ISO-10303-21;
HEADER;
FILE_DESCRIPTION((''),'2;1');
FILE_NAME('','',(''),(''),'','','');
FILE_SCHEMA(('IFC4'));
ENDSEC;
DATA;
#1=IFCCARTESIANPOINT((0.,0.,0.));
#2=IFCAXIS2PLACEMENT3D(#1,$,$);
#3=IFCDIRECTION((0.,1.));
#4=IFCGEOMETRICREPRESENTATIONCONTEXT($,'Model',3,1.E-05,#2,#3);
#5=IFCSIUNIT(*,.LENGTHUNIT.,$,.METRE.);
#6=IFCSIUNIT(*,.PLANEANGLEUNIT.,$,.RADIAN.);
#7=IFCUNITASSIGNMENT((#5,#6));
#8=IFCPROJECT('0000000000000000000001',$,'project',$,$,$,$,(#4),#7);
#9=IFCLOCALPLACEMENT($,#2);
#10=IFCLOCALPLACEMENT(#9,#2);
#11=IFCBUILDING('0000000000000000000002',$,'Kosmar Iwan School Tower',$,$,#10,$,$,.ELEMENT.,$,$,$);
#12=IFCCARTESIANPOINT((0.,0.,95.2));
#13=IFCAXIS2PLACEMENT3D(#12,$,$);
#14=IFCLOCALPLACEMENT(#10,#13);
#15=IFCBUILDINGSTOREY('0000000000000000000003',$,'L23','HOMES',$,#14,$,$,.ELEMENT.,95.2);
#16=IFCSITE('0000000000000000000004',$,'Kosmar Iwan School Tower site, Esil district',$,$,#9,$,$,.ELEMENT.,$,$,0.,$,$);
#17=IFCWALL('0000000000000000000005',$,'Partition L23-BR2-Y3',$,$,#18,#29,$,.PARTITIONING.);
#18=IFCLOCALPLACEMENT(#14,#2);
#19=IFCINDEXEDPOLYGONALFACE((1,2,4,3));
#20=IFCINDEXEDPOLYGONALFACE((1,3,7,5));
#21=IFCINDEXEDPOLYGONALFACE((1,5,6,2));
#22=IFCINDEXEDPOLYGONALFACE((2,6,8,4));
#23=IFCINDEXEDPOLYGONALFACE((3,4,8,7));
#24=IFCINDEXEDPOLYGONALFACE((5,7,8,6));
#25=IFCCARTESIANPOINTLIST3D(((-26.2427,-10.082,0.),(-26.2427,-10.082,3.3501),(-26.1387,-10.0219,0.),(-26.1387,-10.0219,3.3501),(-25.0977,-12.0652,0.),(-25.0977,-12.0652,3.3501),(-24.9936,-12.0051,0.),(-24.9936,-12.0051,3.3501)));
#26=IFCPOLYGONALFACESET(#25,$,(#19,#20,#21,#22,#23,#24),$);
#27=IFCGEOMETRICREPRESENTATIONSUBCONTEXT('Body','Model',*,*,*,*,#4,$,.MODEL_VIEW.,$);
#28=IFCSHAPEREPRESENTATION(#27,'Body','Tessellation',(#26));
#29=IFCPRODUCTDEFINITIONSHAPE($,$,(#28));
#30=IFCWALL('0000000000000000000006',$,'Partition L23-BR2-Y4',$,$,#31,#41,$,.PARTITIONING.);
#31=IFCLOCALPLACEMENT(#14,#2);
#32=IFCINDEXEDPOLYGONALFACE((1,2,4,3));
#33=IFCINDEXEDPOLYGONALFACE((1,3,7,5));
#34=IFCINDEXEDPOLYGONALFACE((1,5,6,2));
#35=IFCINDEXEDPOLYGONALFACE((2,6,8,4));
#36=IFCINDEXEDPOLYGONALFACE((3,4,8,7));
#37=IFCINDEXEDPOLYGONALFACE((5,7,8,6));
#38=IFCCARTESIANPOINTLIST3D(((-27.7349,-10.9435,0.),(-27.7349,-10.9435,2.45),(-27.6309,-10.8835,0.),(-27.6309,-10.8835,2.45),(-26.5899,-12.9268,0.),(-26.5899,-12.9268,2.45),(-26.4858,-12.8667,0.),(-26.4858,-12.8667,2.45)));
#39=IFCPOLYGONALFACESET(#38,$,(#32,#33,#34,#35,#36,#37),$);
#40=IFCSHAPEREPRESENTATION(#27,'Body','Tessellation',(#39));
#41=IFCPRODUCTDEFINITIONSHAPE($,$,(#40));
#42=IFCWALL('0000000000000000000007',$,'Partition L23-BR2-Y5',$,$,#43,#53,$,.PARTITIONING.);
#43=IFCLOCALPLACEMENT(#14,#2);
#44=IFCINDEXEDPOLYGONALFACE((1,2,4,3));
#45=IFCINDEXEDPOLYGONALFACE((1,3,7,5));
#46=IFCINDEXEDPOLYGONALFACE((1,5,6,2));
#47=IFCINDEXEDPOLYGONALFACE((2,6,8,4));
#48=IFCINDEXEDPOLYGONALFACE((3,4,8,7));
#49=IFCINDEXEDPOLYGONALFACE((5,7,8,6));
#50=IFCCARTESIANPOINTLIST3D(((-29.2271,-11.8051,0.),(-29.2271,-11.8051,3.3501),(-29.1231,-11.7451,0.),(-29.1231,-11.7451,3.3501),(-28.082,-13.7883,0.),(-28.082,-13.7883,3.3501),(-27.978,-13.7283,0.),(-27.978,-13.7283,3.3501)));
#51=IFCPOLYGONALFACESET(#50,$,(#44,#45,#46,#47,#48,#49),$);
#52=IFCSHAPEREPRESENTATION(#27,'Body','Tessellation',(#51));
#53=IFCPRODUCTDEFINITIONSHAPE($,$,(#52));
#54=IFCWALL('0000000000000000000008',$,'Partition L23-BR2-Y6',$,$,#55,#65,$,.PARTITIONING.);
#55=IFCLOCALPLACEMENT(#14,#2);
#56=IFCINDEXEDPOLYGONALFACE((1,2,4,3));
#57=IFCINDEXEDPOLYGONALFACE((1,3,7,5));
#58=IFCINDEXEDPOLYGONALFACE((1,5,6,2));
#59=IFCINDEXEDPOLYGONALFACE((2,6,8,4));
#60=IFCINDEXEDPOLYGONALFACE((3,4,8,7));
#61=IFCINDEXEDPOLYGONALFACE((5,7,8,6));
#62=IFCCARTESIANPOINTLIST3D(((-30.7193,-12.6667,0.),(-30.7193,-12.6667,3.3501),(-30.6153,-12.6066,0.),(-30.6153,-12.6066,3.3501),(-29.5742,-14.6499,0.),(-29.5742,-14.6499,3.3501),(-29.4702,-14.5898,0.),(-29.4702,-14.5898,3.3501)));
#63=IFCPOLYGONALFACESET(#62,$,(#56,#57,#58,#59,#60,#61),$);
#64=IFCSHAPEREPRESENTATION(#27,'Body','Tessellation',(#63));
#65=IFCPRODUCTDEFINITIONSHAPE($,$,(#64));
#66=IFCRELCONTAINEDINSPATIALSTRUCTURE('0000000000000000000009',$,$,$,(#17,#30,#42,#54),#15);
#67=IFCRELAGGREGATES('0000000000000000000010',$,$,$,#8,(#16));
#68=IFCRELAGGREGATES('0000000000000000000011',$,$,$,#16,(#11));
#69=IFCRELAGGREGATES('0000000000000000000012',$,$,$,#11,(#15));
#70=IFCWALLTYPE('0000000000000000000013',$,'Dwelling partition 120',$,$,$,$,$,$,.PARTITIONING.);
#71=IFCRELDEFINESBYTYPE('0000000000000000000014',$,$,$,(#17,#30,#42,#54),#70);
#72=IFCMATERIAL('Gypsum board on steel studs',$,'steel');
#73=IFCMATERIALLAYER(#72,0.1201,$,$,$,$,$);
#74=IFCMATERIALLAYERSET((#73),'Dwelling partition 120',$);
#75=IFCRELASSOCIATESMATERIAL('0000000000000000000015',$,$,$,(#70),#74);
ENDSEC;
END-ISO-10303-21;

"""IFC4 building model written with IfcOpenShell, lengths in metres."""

from ifc_helpers import new_model, si_unit, direction, frame, frame_2d, origin, place, context, subcontext, project, spatial, rectangle, extrude, material, layer, layer_set, type_object, element, save


model = new_model("IFC4")

# Units and contexts
model_context = context("Model", 3, precision=1e-05, world=origin(), true_north=direction((0.0, 1.0)))
body_context = subcontext(model_context, "Body", "Model", "MODEL_VIEW")
ifc_project = project(units=[si_unit("LENGTHUNIT", "METRE"), si_unit("PLANEANGLEUNIT", "RADIAN")], contexts=[model_context])

# Site, building, storey
site_placement = place(None, origin())
site = spatial("IfcSite", under=ifc_project, at=site_placement, Name="Kosmar Iwan School Tower site, Esil district", CompositionType="ELEMENT", RefElevation=0.0)
building_placement = place(site_placement, origin())
building = spatial("IfcBuilding", under=site, at=building_placement, Name="Kosmar Iwan School Tower", CompositionType="ELEMENT")
storey_placement = place(building_placement, frame((0.0, 0.0, 95.2)))
storey = spatial("IfcBuildingStorey", under=building, at=storey_placement, Name="L23", Description="HOMES", CompositionType="ELEMENT", Elevation=95.2)

# Walls
ifc_material_1 = material(Name="Gypsum board on steel studs", Category="steel")
ifc_layer_1 = layer(ifc_material_1, 0.1201)
ifc_layer_set_1 = layer_set([ifc_layer_1], Name="Dwelling partition 120")
wall_type_1 = type_object("IfcWallType", Name="Dwelling partition 120", PredefinedType="PARTITIONING", material=ifc_layer_set_1)
for number, where, z_axis, x_axis, name in (
    (1, (-25.0457, -12.0352, 0.0), (0.0, 0.0, 1.0), (-0.500015, 0.866017, 0.0), "Partition L23-BR2-Y3"),
):
    element("IfcWall", number, at=place(storey_placement, frame(where, z_axis=z_axis, x_axis=x_axis)), inside=storey, type_object=wall_type_1, Name=name, PredefinedType="PARTITIONING", context=body_context, shape_type="SweptSolid", body=[
        extrude(rectangle(XDim=2.29, YDim=0.1201, at=frame_2d((1.145, 0.0))), origin(), (0.0, 0.0, 1.0), 3.3501),
    ])
wall_1_placement = place(storey_placement, frame((-26.5378, -12.8967, 0.0), z_axis=(0.0, 0.0, 1.0), x_axis=(-0.500015, 0.866017, 0.0)))
element("IfcWall", 2, at=wall_1_placement, inside=storey, type_object=wall_type_1, Name="Partition L23-BR2-Y4", PredefinedType="PARTITIONING", context=body_context, shape_type="SweptSolid", body=[
    extrude(rectangle(XDim=2.29, YDim=0.1201, at=frame_2d((1.145, 0.0))), origin(), (0.0, 0.0, 1.0), 2.45),
])
for number, where, z_axis, x_axis, name in (
    (3, (-28.03, -13.7583, 0.0), (0.0, 0.0, 1.0), (-0.500015, 0.866017, 0.0), "Partition L23-BR2-Y5"),
    (4, (-29.5222, -14.6199, 0.0), (0.0, 0.0, 1.0), (-0.500015, 0.866017, 0.0), "Partition L23-BR2-Y6"),
):
    element("IfcWall", number, at=place(storey_placement, frame(where, z_axis=z_axis, x_axis=x_axis)), inside=storey, type_object=wall_type_1, Name=name, PredefinedType="PARTITIONING", context=body_context, shape_type="SweptSolid", body=[
        extrude(rectangle(XDim=2.29, YDim=0.1201, at=frame_2d((1.145, 0.0))), origin(), (0.0, 0.0, 1.0), 3.3501),
    ])

save(model, "model.ifc")
